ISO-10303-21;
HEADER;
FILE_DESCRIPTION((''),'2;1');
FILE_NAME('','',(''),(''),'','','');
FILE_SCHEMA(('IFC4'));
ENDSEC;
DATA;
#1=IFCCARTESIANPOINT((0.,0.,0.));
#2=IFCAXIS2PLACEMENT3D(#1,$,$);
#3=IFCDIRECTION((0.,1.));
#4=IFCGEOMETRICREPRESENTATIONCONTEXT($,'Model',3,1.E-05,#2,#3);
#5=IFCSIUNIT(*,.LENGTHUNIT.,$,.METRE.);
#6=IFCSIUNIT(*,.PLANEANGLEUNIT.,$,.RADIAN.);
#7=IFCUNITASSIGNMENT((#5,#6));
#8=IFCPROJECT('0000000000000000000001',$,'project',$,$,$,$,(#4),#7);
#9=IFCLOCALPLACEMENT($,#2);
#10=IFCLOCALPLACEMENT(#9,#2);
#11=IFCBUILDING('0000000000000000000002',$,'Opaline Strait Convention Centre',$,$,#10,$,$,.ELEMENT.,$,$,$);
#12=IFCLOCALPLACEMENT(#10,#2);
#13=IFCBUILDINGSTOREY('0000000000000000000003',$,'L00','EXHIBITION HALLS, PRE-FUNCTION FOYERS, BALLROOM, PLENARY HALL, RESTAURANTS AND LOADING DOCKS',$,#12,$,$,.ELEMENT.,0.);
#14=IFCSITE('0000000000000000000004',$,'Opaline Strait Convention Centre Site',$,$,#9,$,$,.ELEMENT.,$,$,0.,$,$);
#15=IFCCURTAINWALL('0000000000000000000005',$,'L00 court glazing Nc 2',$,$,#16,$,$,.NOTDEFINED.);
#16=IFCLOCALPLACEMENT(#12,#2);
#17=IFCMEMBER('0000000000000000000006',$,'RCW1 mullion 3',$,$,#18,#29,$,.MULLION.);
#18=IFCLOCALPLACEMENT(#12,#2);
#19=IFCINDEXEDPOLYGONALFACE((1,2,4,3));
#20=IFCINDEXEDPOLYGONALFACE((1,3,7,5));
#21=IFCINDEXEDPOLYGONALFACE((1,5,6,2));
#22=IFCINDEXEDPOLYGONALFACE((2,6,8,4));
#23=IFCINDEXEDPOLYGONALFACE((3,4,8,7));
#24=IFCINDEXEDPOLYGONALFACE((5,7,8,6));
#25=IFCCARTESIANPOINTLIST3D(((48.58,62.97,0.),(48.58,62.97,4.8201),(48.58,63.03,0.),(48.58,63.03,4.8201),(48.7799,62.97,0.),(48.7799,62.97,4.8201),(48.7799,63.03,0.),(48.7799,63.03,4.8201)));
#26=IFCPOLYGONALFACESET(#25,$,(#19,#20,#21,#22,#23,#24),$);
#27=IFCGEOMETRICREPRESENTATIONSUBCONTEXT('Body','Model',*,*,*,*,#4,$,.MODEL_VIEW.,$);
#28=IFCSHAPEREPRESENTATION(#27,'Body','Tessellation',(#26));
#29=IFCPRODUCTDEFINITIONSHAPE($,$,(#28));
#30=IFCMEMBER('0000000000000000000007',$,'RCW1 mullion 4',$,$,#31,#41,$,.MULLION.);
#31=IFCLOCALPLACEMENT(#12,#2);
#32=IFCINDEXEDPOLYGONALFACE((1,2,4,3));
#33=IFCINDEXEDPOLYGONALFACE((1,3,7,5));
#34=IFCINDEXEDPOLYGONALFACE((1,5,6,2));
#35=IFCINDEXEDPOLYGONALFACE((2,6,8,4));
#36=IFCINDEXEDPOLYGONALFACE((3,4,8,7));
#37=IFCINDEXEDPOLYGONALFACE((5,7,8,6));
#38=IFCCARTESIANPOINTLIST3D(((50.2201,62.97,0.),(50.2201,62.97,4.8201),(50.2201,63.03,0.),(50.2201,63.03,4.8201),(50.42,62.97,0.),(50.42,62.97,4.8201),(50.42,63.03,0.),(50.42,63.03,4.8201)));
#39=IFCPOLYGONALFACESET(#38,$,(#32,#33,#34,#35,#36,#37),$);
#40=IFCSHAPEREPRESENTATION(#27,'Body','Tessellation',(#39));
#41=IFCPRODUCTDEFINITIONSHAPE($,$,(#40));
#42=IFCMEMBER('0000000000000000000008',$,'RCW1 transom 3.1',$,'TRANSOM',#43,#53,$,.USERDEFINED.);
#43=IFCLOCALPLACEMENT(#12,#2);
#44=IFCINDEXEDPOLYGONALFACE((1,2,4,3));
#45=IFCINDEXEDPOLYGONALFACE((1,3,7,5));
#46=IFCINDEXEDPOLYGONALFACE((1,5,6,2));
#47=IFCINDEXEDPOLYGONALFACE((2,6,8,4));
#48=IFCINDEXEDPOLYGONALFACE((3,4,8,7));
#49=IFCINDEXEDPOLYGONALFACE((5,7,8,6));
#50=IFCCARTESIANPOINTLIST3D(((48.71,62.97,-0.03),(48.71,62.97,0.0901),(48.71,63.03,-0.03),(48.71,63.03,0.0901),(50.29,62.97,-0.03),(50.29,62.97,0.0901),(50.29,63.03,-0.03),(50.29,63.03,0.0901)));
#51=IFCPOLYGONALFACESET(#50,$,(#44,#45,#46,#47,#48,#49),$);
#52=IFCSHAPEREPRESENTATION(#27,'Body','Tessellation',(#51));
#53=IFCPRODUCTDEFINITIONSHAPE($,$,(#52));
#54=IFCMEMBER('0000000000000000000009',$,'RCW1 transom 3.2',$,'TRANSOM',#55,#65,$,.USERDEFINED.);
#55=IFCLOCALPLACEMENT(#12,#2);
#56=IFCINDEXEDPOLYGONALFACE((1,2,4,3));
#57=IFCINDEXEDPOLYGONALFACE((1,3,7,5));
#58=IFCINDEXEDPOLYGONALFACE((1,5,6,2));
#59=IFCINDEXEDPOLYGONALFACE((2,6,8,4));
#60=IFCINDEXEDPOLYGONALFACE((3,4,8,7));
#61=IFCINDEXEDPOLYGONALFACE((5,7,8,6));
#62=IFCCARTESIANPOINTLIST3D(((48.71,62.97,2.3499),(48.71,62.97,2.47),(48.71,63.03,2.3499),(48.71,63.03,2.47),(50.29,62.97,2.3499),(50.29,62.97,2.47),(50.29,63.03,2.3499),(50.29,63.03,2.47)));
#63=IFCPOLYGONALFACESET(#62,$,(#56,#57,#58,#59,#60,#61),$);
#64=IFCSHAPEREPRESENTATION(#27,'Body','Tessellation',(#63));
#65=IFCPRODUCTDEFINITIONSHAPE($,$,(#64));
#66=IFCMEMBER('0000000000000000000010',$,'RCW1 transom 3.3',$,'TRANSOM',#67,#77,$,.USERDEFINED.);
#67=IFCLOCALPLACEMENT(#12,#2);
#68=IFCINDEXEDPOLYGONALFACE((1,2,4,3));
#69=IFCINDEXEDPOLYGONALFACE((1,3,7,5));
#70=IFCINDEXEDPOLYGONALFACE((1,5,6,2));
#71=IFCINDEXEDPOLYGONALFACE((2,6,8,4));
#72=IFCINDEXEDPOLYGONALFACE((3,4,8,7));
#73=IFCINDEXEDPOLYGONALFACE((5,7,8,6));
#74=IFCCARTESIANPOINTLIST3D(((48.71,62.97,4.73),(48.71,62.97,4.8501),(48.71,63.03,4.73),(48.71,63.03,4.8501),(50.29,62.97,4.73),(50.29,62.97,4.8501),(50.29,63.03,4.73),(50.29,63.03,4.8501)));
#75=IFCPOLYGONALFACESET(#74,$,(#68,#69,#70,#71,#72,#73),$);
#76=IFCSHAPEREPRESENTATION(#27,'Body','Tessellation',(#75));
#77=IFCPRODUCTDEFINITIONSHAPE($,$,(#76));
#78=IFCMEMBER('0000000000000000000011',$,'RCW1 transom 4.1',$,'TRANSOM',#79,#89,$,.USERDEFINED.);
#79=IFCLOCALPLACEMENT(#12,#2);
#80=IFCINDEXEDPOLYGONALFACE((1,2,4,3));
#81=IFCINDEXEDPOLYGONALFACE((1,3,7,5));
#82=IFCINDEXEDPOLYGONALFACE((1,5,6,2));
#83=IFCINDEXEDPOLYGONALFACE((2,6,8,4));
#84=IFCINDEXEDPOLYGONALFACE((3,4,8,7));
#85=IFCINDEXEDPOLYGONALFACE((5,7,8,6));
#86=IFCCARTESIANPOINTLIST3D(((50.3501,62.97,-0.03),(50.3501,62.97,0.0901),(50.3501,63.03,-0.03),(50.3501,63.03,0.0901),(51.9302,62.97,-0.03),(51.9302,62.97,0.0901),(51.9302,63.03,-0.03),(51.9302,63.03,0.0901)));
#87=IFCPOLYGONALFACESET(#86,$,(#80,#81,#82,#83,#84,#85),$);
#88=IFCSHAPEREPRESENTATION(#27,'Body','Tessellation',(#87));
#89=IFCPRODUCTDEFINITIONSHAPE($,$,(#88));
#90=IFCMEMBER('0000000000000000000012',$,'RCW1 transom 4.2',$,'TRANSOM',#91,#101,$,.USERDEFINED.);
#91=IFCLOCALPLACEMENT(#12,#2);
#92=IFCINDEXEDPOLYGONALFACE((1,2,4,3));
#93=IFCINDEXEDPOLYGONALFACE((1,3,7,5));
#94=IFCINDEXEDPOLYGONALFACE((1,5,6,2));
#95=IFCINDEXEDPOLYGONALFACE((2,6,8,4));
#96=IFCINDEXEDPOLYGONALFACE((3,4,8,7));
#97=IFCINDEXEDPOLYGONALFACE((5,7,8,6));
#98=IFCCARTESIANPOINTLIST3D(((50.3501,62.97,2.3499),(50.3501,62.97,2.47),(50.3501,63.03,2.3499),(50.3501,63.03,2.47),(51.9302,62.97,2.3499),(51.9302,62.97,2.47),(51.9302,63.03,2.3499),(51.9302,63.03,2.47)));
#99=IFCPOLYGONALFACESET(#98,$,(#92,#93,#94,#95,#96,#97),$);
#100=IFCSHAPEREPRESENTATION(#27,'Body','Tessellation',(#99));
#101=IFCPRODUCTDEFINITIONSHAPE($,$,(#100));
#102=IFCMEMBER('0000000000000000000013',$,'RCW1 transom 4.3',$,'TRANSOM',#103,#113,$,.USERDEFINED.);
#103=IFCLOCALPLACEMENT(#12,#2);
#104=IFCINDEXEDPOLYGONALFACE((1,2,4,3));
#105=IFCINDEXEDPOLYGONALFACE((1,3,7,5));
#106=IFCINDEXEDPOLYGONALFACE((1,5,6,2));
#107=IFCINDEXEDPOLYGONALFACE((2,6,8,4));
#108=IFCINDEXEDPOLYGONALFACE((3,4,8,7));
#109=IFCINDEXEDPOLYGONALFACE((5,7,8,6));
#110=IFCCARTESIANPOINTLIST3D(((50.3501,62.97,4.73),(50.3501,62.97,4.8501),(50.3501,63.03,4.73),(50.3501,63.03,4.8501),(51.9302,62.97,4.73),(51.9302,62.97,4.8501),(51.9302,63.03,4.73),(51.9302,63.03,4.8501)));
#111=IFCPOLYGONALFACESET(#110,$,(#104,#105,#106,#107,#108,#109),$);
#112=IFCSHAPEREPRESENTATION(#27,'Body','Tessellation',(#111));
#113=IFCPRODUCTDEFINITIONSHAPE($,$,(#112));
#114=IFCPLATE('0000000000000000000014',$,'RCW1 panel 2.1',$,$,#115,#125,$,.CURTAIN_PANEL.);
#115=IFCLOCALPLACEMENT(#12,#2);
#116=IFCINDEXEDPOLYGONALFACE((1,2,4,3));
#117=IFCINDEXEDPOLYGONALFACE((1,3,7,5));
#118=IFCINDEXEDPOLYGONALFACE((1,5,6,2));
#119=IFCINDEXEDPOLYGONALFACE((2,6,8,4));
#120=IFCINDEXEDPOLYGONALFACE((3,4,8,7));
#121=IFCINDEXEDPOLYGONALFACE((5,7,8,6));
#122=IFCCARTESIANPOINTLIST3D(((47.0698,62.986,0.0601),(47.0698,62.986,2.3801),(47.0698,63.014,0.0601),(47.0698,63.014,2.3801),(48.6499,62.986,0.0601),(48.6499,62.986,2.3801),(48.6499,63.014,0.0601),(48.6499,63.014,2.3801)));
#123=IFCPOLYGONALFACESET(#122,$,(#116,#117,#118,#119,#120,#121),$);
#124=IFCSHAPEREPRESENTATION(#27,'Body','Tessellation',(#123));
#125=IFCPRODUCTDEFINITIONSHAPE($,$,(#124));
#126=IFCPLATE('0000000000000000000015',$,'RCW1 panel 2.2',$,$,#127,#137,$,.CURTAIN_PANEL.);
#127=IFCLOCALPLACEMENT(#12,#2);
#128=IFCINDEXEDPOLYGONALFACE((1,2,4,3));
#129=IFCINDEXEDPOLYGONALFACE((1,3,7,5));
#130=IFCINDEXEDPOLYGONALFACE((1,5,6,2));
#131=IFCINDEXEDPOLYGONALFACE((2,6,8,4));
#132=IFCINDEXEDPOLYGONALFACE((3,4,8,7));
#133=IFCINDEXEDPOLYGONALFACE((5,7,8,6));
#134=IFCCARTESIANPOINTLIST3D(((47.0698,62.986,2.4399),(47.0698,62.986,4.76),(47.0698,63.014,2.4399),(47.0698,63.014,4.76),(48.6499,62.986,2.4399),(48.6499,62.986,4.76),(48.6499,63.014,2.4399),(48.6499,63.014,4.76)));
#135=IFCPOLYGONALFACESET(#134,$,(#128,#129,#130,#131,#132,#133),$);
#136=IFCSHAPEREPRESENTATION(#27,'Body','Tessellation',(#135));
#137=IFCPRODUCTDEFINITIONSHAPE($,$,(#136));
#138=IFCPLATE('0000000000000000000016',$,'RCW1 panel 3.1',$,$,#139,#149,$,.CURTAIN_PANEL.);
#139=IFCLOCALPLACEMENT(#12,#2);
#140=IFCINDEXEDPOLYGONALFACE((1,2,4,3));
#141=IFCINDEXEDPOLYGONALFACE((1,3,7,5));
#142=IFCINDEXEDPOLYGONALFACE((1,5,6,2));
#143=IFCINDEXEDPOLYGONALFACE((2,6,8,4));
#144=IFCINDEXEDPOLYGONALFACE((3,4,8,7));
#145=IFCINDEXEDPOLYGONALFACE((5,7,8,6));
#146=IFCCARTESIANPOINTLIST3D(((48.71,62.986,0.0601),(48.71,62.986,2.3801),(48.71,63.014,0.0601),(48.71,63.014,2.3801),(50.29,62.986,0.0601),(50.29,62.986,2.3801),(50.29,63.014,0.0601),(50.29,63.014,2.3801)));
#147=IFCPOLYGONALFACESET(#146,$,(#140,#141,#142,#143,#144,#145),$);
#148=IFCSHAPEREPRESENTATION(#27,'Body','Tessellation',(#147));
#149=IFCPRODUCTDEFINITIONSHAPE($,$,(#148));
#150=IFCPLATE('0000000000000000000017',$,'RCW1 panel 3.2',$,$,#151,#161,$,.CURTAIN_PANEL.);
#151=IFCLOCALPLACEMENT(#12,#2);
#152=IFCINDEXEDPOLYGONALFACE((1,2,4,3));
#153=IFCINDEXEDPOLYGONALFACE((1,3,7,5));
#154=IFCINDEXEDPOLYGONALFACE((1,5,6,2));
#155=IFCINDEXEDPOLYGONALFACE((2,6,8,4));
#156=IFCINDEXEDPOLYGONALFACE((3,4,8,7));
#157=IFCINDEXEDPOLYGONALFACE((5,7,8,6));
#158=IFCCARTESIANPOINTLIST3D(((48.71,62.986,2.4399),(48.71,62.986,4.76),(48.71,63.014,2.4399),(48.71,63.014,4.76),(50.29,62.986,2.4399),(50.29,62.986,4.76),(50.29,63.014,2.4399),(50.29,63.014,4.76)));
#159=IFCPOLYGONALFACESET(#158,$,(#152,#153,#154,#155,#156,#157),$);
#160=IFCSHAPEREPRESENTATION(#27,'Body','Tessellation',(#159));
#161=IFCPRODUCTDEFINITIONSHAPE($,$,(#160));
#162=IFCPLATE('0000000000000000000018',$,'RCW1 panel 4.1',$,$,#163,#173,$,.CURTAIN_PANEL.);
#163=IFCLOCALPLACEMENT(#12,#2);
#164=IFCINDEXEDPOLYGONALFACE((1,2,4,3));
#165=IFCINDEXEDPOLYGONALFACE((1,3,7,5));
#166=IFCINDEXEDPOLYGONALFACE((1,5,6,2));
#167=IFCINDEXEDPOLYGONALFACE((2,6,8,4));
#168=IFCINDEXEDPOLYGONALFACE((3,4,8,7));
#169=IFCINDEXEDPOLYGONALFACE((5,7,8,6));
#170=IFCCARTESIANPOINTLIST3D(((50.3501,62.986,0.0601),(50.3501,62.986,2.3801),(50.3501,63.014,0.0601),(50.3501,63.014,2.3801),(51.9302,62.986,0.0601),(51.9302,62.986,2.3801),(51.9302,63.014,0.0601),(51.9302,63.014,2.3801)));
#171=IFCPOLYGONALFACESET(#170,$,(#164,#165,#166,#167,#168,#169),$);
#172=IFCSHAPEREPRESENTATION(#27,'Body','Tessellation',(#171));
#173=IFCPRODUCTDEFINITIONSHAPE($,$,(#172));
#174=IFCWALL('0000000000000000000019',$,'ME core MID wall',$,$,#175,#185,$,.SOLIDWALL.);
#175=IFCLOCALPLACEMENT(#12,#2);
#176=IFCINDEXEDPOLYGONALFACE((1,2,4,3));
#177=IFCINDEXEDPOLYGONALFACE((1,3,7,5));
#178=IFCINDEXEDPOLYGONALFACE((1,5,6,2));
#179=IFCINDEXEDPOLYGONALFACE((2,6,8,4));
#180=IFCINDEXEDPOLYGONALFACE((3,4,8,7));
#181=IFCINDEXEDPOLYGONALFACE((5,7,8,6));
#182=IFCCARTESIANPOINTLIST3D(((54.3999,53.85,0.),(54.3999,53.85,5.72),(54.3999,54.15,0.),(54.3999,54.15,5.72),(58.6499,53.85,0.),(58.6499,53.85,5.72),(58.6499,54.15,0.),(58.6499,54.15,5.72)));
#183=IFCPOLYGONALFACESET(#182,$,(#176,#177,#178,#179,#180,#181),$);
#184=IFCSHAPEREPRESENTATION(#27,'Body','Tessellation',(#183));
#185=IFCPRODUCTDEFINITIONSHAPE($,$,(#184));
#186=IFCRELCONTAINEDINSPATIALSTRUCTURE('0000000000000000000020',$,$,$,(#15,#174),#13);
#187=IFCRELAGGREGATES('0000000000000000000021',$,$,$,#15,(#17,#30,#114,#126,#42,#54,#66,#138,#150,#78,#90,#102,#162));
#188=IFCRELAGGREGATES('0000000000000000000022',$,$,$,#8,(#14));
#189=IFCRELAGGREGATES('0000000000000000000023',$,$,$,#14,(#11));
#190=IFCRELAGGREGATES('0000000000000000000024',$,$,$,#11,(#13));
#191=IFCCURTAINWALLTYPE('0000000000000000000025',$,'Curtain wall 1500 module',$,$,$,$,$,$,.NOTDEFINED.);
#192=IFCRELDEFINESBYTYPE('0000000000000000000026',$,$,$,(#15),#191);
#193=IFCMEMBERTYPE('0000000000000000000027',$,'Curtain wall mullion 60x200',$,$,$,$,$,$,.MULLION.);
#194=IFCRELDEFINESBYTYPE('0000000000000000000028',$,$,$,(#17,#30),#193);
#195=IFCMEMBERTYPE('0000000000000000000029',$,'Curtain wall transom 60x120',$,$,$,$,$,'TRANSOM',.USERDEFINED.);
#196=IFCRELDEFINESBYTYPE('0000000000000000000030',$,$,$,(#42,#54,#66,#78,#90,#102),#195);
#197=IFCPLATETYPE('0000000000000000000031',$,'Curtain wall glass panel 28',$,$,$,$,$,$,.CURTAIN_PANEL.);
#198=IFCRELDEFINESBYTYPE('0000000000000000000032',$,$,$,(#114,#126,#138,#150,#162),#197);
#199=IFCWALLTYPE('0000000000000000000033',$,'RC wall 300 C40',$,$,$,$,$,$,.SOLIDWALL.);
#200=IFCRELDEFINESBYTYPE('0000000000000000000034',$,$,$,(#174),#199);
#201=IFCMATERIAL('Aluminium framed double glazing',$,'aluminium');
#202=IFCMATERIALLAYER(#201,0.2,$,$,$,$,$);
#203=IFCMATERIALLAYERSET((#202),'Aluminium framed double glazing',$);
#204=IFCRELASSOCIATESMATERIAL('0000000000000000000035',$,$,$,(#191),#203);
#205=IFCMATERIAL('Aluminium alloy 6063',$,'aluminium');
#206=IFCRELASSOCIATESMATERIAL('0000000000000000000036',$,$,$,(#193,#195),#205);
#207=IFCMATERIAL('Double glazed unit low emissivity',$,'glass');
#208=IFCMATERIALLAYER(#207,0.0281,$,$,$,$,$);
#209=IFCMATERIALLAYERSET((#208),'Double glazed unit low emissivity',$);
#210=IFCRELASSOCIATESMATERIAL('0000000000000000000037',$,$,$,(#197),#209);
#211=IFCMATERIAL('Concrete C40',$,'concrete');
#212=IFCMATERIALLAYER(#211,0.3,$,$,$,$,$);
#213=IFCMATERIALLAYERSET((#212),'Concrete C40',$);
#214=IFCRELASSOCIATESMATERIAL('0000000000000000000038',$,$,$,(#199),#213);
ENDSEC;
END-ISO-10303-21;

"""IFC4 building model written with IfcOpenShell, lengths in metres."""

from ifc_helpers import new_model, si_unit, direction, frame, frame_2d, origin, origin_2d, place, context, subcontext, project, spatial, rectangle, extrude, material, layer, layer_set, material_profile, profile_set, type_object, element, aggregate, save


model = new_model("IFC4")

# Units and contexts
model_context = context("Model", 3, precision=1e-05, world=origin(), true_north=direction((0.0, 1.0)))
body_context = subcontext(model_context, "Body", "Model", "MODEL_VIEW")
ifc_project = project(units=[si_unit("LENGTHUNIT", "METRE"), si_unit("PLANEANGLEUNIT", "RADIAN")], contexts=[model_context])

# Site, building, storey
site_placement = place(None, origin())
site = spatial("IfcSite", under=ifc_project, at=site_placement, Name="Opaline Strait Convention Centre Site", CompositionType="ELEMENT", RefElevation=0.0)
building_placement = place(site_placement, origin())
building = spatial("IfcBuilding", under=site, at=building_placement, Name="Opaline Strait Convention Centre", CompositionType="ELEMENT")
storey_placement = place(building_placement, origin())
storey = spatial("IfcBuildingStorey", under=building, at=storey_placement, Name="L00", Description="EXHIBITION HALLS, PRE-FUNCTION FOYERS, BALLROOM, PLENARY HALL, RESTAURANTS AND LOADING DOCKS", CompositionType="ELEMENT", Elevation=0.0)

# Shared definitions
ifc_material_1 = material(Name="Concrete C40", Category="concrete")

# Curtain wall, members, plates
ifc_material_2 = material(Name="Aluminium framed double glazing", Category="aluminium")
ifc_layer_1 = layer(ifc_material_2, 0.2)
ifc_layer_set_1 = layer_set([ifc_layer_1], Name="Aluminium framed double glazing")
curtain_wall_type = type_object("IfcCurtainWallType", Name="Curtain wall 1500 module", PredefinedType="NOTDEFINED", material=ifc_layer_set_1)
curtain_wall_placement = place(storey_placement, origin())
curtain_wall = element("IfcCurtainWall", 1, at=curtain_wall_placement, inside=storey, type_object=curtain_wall_type, Name="L00 court glazing Nc 2", PredefinedType="NOTDEFINED")
ifc_material_3 = material(Name="Aluminium alloy 6063", Category="aluminium")
ifc_material_profile_1 = material_profile(ifc_material_3, rectangle(XDim=0.0601, YDim=0.2, at=origin_2d()), Name="Curtain wall mullion 60x200")
ifc_profile_set_1 = profile_set([ifc_material_profile_1], Name="Aluminium alloy 6063")
member_type_1 = type_object("IfcMemberType", Name="Curtain wall mullion 60x200", PredefinedType="MULLION", material=ifc_profile_set_1)
member_1_placement = place(storey_placement, frame((48.6799, 63.0, 0.0), z_axis=(0.0, 0.0, 1.0), x_axis=(0.0, 1.0, 0.0)))
member_1 = element("IfcMember", 2, at=member_1_placement, type_object=member_type_1, Name="RCW1 mullion 3", PredefinedType="MULLION", context=body_context, shape_type="SweptSolid", body=[
    extrude(rectangle(XDim=0.0601, YDim=0.2, at=origin_2d()), origin(), (0.0, 0.0, 1.0), 4.8201),
])
member_2_placement = place(storey_placement, frame((50.3201, 63.0, 0.0), z_axis=(0.0, 0.0, 1.0), x_axis=(0.0, 1.0, 0.0)))
member_2 = element("IfcMember", 3, at=member_2_placement, type_object=member_type_1, Name="RCW1 mullion 4", PredefinedType="MULLION", context=body_context, shape_type="SweptSolid", body=[
    extrude(rectangle(XDim=0.0601, YDim=0.2, at=origin_2d()), origin(), (0.0, 0.0, 1.0), 4.8201),
])
ifc_material_profile_2 = material_profile(ifc_material_3, rectangle(XDim=0.0601, YDim=0.1201, at=origin_2d()), Name="Curtain wall transom 60x120")
ifc_profile_set_2 = profile_set([ifc_material_profile_2], Name="Aluminium alloy 6063")
member_type_2 = type_object("IfcMemberType", Name="Curtain wall transom 60x120", ElementType="TRANSOM", PredefinedType="USERDEFINED", material=ifc_profile_set_2)
member_3_placement = place(storey_placement, frame((48.71, 63.0, 0.03), z_axis=(1.0, 0.0, 0.0), x_axis=(0.0, 1.0, 0.0)))
member_3 = element("IfcMember", 4, at=member_3_placement, type_object=member_type_2, Name="RCW1 transom 3.1", ObjectType="TRANSOM", PredefinedType="USERDEFINED", context=body_context, shape_type="SweptSolid", body=[
    extrude(rectangle(XDim=0.0601, YDim=0.1201, at=origin_2d()), origin(), (0.0, 0.0, 1.0), 1.5801),
])
member_4_placement = place(storey_placement, frame((48.71, 63.0, 2.4099), z_axis=(1.0, 0.0, 0.0), x_axis=(0.0, 1.0, 0.0)))
member_4 = element("IfcMember", 5, at=member_4_placement, type_object=member_type_2, Name="RCW1 transom 3.2", ObjectType="TRANSOM", PredefinedType="USERDEFINED", context=body_context, shape_type="SweptSolid", body=[
    extrude(rectangle(XDim=0.0601, YDim=0.1201, at=origin_2d()), origin(), (0.0, 0.0, 1.0), 1.5801),
])
member_5_placement = place(storey_placement, frame((48.71, 63.0, 4.79), z_axis=(1.0, 0.0, 0.0), x_axis=(0.0, 1.0, 0.0)))
member_5 = element("IfcMember", 6, at=member_5_placement, type_object=member_type_2, Name="RCW1 transom 3.3", ObjectType="TRANSOM", PredefinedType="USERDEFINED", context=body_context, shape_type="SweptSolid", body=[
    extrude(rectangle(XDim=0.0601, YDim=0.1201, at=origin_2d()), origin(), (0.0, 0.0, 1.0), 1.5801),
])
member_6_placement = place(storey_placement, frame((50.3501, 63.0, 0.03), z_axis=(1.0, 0.0, 0.0), x_axis=(0.0, 1.0, 0.0)))
member_6 = element("IfcMember", 7, at=member_6_placement, type_object=member_type_2, Name="RCW1 transom 4.1", ObjectType="TRANSOM", PredefinedType="USERDEFINED", context=body_context, shape_type="SweptSolid", body=[
    extrude(rectangle(XDim=0.0601, YDim=0.1201, at=origin_2d()), origin(), (0.0, 0.0, 1.0), 1.5801),
])
member_7_placement = place(storey_placement, frame((50.3501, 63.0, 2.4099), z_axis=(1.0, 0.0, 0.0), x_axis=(0.0, 1.0, 0.0)))
member_7 = element("IfcMember", 8, at=member_7_placement, type_object=member_type_2, Name="RCW1 transom 4.2", ObjectType="TRANSOM", PredefinedType="USERDEFINED", context=body_context, shape_type="SweptSolid", body=[
    extrude(rectangle(XDim=0.0601, YDim=0.1201, at=origin_2d()), origin(), (0.0, 0.0, 1.0), 1.5801),
])
member_8_placement = place(storey_placement, frame((50.3501, 63.0, 4.79), z_axis=(1.0, 0.0, 0.0), x_axis=(0.0, 1.0, 0.0)))
member_8 = element("IfcMember", 9, at=member_8_placement, type_object=member_type_2, Name="RCW1 transom 4.3", ObjectType="TRANSOM", PredefinedType="USERDEFINED", context=body_context, shape_type="SweptSolid", body=[
    extrude(rectangle(XDim=0.0601, YDim=0.1201, at=origin_2d()), origin(), (0.0, 0.0, 1.0), 1.5801),
])
ifc_material_4 = material(Name="Double glazed unit low emissivity", Category="glass")
ifc_layer_2 = layer(ifc_material_4, 0.0281)
ifc_layer_set_2 = layer_set([ifc_layer_2], Name="Double glazed unit low emissivity")
plate_type = type_object("IfcPlateType", Name="Curtain wall glass panel 28", PredefinedType="CURTAIN_PANEL", material=ifc_layer_set_2)
plate_1_placement = place(storey_placement, frame((47.8599, 63.0, 0.0601), z_axis=(0.0, 0.0, 1.0), x_axis=(1.0, 0.0, 0.0)))
plate_1 = element("IfcPlate", 10, at=plate_1_placement, type_object=plate_type, Name="RCW1 panel 2.1", PredefinedType="CURTAIN_PANEL", context=body_context, shape_type="SweptSolid", body=[
    extrude(rectangle(XDim=1.5801, YDim=0.0281, at=origin_2d()), origin(), (0.0, 0.0, 1.0), 2.3201),
])
plate_2_placement = place(storey_placement, frame((47.8599, 63.0, 2.4399), z_axis=(0.0, 0.0, 1.0), x_axis=(1.0, 0.0, 0.0)))
plate_2 = element("IfcPlate", 11, at=plate_2_placement, type_object=plate_type, Name="RCW1 panel 2.2", PredefinedType="CURTAIN_PANEL", context=body_context, shape_type="SweptSolid", body=[
    extrude(rectangle(XDim=1.5801, YDim=0.0281, at=origin_2d()), origin(), (0.0, 0.0, 1.0), 2.3201),
])
plate_3_placement = place(storey_placement, frame((49.5, 63.0, 0.0601), z_axis=(0.0, 0.0, 1.0), x_axis=(1.0, 0.0, 0.0)))
plate_3 = element("IfcPlate", 12, at=plate_3_placement, type_object=plate_type, Name="RCW1 panel 3.1", PredefinedType="CURTAIN_PANEL", context=body_context, shape_type="SweptSolid", body=[
    extrude(rectangle(XDim=1.5801, YDim=0.0281, at=origin_2d()), origin(), (0.0, 0.0, 1.0), 2.3201),
])
plate_4_placement = place(storey_placement, frame((49.5, 63.0, 2.4399), z_axis=(0.0, 0.0, 1.0), x_axis=(1.0, 0.0, 0.0)))
plate_4 = element("IfcPlate", 13, at=plate_4_placement, type_object=plate_type, Name="RCW1 panel 3.2", PredefinedType="CURTAIN_PANEL", context=body_context, shape_type="SweptSolid", body=[
    extrude(rectangle(XDim=1.5801, YDim=0.0281, at=origin_2d()), origin(), (0.0, 0.0, 1.0), 2.3201),
])
plate_5_placement = place(storey_placement, frame((51.1401, 63.0, 0.0601), z_axis=(0.0, 0.0, 1.0), x_axis=(1.0, 0.0, 0.0)))
plate_5 = element("IfcPlate", 14, at=plate_5_placement, type_object=plate_type, Name="RCW1 panel 4.1", PredefinedType="CURTAIN_PANEL", context=body_context, shape_type="SweptSolid", body=[
    extrude(rectangle(XDim=1.5801, YDim=0.0281, at=origin_2d()), origin(), (0.0, 0.0, 1.0), 2.3201),
])
aggregate(curtain_wall, [member_1, member_2, plate_1, plate_2, member_3, member_4, member_5, plate_3, plate_4, member_6, member_7, member_8, plate_5])

# Shared definitions
ifc_layer_3 = layer(ifc_material_1, 0.3)
ifc_layer_set_3 = layer_set([ifc_layer_3], Name="Concrete C40")
wall_type = type_object("IfcWallType", Name="RC wall 300 C40", PredefinedType="SOLIDWALL", material=ifc_layer_set_3)

# Wall
for number, where, z_axis, x_axis, name in (
    (15, (54.3999, 54.0, 0.0), (0.0, 0.0, 1.0), (1.0, 0.0, 0.0), "ME core MID wall"),
):
    element("IfcWall", number, at=place(storey_placement, frame(where, z_axis=z_axis, x_axis=x_axis)), inside=storey, type_object=wall_type, Name=name, PredefinedType="SOLIDWALL", context=body_context, shape_type="SweptSolid", body=[
        extrude(rectangle(XDim=4.25, YDim=0.3, at=frame_2d((2.125, 0.0))), origin(), (0.0, 0.0, 1.0), 5.72),
    ])

save(model, "model.ifc")
